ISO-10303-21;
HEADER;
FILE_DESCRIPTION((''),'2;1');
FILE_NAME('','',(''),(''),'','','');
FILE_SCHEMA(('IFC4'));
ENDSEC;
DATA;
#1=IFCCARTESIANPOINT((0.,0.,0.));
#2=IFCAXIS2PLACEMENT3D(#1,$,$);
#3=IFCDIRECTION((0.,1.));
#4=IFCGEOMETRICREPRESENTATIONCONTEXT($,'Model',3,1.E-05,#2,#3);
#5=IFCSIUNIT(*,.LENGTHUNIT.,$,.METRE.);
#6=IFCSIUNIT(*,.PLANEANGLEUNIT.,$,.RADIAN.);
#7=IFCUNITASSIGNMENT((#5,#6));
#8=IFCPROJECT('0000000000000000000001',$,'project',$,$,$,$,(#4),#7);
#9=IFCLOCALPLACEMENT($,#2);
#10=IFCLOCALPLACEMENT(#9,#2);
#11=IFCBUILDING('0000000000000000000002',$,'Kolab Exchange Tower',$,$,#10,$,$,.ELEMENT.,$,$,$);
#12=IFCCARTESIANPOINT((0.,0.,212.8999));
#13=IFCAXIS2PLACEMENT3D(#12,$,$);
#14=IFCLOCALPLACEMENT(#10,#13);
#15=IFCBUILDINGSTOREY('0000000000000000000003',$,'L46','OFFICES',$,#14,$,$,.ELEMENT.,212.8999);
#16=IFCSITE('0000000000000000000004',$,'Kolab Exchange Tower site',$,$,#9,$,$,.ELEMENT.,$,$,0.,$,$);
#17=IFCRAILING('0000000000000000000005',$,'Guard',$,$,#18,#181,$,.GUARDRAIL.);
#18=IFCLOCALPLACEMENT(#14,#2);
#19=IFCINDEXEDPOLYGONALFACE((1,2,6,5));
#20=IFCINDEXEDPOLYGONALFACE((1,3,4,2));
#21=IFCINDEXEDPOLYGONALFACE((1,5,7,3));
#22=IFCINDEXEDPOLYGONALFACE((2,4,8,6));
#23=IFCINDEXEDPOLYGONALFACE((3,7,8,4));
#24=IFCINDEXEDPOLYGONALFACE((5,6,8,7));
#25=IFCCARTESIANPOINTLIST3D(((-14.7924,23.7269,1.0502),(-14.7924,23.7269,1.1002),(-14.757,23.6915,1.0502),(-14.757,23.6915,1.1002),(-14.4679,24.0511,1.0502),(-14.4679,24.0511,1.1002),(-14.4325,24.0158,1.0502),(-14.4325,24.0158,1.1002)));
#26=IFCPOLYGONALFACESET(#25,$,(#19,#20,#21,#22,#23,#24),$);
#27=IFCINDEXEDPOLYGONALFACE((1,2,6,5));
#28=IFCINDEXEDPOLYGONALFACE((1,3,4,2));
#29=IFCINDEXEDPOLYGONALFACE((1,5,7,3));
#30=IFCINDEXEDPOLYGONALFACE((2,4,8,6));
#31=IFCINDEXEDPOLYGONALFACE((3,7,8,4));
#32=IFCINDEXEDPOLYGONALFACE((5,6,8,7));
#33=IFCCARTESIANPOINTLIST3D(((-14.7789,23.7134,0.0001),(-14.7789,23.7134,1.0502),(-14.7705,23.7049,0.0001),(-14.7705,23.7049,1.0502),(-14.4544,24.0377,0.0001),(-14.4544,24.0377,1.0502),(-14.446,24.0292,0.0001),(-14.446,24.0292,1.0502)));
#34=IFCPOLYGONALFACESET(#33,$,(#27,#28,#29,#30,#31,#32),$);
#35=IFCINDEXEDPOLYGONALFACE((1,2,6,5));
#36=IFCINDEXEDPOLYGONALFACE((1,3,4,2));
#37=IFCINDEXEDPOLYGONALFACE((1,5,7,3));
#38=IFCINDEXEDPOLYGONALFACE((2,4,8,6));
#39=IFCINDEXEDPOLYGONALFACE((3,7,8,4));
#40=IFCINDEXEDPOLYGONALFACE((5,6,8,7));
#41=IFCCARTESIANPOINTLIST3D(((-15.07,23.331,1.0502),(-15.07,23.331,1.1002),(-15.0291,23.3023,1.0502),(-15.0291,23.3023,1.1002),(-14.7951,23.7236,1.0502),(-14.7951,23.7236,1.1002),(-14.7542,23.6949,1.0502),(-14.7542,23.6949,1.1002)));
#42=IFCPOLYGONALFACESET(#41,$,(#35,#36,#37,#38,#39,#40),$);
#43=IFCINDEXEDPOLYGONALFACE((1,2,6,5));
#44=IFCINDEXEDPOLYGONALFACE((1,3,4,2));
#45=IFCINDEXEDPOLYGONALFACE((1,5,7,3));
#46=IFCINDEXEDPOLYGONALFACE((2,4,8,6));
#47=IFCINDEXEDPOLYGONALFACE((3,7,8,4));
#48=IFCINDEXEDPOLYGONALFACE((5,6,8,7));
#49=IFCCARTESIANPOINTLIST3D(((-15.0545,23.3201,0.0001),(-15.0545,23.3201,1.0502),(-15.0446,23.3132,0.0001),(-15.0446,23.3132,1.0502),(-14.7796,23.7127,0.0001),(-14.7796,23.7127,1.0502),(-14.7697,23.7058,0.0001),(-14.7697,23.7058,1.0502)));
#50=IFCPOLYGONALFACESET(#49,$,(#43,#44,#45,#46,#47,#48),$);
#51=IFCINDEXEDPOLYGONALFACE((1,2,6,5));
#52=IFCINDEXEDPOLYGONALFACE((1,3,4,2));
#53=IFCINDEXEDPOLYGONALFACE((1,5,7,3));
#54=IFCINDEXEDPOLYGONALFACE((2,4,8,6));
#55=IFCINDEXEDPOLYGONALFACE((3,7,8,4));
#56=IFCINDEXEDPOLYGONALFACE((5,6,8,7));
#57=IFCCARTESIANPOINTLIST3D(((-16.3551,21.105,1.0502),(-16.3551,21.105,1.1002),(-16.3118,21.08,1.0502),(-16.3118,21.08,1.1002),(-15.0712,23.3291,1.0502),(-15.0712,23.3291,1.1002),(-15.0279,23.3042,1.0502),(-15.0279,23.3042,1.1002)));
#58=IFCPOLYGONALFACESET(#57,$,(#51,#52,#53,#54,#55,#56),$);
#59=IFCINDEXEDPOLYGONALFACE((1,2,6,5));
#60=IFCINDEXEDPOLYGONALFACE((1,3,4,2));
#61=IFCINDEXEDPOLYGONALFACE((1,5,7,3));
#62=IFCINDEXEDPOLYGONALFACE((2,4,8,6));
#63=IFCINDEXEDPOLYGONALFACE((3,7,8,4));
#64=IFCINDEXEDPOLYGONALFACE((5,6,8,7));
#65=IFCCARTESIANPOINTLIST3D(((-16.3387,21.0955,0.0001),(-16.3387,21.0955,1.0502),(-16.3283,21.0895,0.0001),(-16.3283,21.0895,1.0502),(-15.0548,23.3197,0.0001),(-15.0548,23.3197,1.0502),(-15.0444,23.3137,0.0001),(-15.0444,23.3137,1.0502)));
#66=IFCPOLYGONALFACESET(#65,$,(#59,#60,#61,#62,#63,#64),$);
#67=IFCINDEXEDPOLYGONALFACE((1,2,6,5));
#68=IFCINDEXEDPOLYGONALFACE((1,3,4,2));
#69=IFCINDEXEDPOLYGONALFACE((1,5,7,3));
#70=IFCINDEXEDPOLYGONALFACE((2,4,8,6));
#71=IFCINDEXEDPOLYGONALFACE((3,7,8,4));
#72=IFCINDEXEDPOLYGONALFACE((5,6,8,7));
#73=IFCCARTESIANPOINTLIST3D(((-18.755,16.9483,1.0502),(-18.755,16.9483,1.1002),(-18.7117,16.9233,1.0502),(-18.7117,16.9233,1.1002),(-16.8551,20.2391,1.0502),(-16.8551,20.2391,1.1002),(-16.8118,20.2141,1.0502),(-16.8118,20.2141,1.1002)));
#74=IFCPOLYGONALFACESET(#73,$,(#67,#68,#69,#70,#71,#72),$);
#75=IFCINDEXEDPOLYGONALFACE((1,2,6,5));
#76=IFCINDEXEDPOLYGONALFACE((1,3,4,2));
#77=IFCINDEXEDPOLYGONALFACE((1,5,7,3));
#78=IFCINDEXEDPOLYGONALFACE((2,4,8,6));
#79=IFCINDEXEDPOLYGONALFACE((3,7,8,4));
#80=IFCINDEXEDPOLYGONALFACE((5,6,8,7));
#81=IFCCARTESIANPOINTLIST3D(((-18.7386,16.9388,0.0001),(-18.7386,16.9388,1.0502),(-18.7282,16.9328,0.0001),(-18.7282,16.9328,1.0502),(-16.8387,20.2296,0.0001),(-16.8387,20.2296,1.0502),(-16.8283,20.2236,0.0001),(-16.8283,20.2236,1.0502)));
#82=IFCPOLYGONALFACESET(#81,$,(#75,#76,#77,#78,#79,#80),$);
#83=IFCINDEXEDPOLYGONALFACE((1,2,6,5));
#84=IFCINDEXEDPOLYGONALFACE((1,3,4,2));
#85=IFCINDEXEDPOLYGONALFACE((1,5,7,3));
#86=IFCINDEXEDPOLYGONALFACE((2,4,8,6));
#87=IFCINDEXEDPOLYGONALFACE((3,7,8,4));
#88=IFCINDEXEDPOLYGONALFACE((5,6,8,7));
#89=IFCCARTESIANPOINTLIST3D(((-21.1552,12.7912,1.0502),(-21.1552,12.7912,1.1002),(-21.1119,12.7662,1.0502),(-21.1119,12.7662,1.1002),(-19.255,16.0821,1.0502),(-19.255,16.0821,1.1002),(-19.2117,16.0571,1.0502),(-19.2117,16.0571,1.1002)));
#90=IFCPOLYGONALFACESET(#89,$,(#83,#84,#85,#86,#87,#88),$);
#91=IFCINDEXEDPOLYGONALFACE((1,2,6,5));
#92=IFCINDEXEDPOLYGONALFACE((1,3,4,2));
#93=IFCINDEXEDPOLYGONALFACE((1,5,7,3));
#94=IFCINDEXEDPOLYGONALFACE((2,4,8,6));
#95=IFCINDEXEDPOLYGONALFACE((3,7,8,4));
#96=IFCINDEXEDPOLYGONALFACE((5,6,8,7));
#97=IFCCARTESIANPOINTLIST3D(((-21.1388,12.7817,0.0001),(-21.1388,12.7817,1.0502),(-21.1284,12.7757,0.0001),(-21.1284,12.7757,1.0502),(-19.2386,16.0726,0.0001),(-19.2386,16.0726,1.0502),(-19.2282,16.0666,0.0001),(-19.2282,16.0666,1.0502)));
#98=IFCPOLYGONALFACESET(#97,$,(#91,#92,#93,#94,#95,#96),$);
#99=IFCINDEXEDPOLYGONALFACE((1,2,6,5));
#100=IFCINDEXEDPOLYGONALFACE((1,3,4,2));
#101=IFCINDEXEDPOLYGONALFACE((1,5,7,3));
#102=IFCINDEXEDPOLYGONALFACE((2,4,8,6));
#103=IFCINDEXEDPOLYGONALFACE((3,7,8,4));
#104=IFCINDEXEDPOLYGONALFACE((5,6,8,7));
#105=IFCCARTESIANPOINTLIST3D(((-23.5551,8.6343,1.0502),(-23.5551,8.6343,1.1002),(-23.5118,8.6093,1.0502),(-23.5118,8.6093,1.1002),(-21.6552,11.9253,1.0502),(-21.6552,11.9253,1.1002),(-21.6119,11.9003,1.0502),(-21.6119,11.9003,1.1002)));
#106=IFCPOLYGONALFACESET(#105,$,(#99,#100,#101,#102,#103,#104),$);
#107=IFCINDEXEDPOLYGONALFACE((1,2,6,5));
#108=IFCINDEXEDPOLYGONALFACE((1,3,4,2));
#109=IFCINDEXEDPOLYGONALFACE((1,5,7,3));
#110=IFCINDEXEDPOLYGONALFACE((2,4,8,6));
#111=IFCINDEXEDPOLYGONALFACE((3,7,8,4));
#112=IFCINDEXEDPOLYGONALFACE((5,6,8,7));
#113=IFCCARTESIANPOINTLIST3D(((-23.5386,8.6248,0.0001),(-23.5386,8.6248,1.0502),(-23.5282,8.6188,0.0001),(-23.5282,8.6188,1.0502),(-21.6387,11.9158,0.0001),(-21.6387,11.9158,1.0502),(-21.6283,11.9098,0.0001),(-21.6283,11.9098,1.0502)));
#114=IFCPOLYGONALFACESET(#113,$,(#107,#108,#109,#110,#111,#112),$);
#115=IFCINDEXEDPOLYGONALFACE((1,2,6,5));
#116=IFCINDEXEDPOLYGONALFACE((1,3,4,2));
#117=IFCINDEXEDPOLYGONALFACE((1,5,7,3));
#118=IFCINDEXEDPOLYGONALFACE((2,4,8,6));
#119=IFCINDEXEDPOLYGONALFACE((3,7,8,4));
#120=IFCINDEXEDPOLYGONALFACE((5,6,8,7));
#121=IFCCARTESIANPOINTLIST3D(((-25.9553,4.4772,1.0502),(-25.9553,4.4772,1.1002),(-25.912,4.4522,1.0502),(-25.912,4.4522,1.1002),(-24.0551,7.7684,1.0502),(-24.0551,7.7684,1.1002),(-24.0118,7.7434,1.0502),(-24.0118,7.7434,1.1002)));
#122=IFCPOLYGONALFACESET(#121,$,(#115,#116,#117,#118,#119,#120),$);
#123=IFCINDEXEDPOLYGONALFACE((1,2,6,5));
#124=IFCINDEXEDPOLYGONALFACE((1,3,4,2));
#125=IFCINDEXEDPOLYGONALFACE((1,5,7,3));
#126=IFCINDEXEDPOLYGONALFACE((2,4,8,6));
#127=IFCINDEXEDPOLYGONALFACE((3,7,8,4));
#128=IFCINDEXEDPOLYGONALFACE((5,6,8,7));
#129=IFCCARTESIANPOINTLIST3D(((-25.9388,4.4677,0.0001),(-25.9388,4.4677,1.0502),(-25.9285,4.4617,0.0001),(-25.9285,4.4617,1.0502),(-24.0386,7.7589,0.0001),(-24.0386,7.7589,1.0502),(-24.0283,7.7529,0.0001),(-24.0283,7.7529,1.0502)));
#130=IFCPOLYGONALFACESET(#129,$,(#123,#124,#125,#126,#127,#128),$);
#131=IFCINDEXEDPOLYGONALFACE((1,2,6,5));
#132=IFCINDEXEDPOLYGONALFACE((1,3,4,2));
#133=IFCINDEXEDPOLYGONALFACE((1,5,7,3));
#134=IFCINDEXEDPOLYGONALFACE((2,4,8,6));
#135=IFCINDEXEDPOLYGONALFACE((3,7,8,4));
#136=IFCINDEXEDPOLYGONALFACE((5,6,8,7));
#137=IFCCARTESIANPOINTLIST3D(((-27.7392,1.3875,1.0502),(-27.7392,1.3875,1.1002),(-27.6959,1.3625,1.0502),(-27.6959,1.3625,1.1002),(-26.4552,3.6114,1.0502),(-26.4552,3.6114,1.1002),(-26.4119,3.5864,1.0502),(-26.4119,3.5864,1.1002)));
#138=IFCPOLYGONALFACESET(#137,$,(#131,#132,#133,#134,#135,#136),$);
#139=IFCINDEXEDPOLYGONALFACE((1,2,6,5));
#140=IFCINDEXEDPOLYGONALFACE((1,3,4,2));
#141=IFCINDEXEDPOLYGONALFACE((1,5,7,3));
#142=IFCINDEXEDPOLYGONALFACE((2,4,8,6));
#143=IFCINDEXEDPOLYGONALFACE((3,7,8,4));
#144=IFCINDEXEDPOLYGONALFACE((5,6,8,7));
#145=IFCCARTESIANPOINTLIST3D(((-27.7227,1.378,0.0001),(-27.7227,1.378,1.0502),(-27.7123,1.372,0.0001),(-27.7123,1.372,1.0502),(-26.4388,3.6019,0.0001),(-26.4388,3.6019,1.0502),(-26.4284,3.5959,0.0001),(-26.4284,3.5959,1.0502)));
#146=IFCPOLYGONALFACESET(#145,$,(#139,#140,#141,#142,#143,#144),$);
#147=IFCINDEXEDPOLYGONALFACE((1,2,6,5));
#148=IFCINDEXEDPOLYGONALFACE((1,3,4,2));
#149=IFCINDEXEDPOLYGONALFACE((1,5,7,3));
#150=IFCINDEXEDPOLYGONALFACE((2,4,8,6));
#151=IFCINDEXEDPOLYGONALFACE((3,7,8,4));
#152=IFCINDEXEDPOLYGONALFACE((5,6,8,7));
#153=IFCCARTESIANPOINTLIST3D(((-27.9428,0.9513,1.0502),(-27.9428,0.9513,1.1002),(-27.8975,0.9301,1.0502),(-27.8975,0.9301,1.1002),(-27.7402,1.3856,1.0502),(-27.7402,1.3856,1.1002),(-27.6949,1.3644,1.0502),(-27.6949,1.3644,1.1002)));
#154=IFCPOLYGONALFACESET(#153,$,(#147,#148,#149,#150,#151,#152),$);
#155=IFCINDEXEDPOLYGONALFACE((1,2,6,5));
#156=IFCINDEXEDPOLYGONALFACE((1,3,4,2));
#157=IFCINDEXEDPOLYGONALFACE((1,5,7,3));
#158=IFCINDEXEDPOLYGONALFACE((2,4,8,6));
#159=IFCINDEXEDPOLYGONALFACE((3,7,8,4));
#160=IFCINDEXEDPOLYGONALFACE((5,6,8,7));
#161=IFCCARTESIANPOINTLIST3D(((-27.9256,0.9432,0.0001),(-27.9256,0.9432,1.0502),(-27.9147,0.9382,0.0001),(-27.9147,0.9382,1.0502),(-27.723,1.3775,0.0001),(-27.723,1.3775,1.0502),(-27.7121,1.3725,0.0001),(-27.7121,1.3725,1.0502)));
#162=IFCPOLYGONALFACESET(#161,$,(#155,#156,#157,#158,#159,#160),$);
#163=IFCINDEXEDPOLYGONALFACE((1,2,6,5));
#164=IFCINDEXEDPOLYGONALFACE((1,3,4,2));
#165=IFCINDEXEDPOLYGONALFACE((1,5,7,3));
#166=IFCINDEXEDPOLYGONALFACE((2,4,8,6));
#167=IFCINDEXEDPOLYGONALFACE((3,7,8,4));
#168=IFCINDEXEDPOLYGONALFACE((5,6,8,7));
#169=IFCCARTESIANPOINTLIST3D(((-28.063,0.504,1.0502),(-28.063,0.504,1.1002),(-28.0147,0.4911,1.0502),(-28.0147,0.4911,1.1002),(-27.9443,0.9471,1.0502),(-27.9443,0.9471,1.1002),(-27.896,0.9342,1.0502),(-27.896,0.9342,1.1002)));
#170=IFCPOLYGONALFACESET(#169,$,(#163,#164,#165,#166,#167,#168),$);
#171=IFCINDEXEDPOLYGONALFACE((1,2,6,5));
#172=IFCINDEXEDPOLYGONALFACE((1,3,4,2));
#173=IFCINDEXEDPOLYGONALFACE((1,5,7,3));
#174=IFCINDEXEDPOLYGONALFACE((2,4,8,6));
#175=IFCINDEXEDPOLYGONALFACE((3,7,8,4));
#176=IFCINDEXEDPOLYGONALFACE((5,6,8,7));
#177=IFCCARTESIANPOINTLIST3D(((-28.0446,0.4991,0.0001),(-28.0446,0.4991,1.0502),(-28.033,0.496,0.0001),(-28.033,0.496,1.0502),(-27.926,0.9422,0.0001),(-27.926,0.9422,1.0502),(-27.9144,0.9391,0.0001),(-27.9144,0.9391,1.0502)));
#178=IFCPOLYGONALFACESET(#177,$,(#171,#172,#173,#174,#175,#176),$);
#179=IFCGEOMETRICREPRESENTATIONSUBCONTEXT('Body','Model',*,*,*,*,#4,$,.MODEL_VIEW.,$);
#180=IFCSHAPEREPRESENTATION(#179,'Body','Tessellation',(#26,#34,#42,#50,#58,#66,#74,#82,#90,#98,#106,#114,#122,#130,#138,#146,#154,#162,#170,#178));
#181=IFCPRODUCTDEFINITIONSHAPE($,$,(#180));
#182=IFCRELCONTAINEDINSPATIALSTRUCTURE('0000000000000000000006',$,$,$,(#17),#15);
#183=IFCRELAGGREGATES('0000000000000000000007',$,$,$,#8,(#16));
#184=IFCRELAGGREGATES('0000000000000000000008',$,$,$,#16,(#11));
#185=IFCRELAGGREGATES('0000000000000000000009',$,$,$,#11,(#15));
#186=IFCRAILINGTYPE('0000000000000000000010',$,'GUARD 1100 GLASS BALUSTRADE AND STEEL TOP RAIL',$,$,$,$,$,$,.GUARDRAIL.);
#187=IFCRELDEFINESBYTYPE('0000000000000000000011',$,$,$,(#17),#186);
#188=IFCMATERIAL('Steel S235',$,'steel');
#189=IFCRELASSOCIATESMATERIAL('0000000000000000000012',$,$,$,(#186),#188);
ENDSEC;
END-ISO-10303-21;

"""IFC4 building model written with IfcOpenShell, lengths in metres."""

from ifc_helpers import new_model, si_unit, direction, frame, frame_2d, origin, origin_2d, place, context, subcontext, project, spatial, rectangle, extrude, material, type_object, element, save


model = new_model("IFC4")

# Units and contexts
model_context = context("Model", 3, precision=1e-05, world=origin(), true_north=direction((0.0, 1.0)))
body_context = subcontext(model_context, "Body", "Model", "MODEL_VIEW")
ifc_project = project(units=[si_unit("LENGTHUNIT", "METRE"), si_unit("PLANEANGLEUNIT", "RADIAN")], contexts=[model_context])

# Site, building, storey
site_placement = place(None, origin())
site = spatial("IfcSite", under=ifc_project, at=site_placement, Name="Kolab Exchange Tower site", CompositionType="ELEMENT", RefElevation=0.0)
building_placement = place(site_placement, origin())
building = spatial("IfcBuilding", under=site, at=building_placement, Name="Kolab Exchange Tower", CompositionType="ELEMENT")
storey_placement = place(building_placement, frame((0.0, 0.0, 212.8999)))
storey = spatial("IfcBuildingStorey", under=building, at=storey_placement, Name="L46", Description="OFFICES", CompositionType="ELEMENT", Elevation=212.8999)

# Shared definitions
ifc_material_1 = material(Name="Steel S235", Category="steel")

# Railing
railing_type = type_object("IfcRailingType", Name="GUARD 1100 GLASS BALUSTRADE AND STEEL TOP RAIL", PredefinedType="GUARDRAIL", material=ifc_material_1)
railing_placement = place(storey_placement, frame((-14.4502, 24.0334, 0.0)))
element("IfcRailing", 1, at=railing_placement, inside=storey, type_object=railing_type, Name="Guard", PredefinedType="GUARDRAIL", context=body_context, shape_type="SweptSolid", body=[
    extrude(rectangle(XDim=0.05, YDim=0.05, at=origin_2d()), frame((0.0, 0.0, 1.0752), z_axis=(-0.707373, -0.706841, 0.0), x_axis=(0.706841, -0.707373, 0.0)), (0.0, 0.0, 1.0), 0.4587),
    extrude(rectangle(XDim=0.012, YDim=1.0501, at=frame_2d((0.0, 0.5251))), frame((0.0, 0.0, 0.0), z_axis=(-0.707373, -0.706841, 0.0), x_axis=(0.706841, -0.707373, 0.0)), (0.0, 0.0, 1.0), 0.4587),
    extrude(rectangle(XDim=0.05, YDim=0.05, at=origin_2d()), frame((-0.3245, -0.3242, 1.0752), z_axis=(-0.573599, -0.819136, 0.0), x_axis=(0.819136, -0.573599, 0.0)), (0.0, 0.0, 1.0), 0.4792),
    extrude(rectangle(XDim=0.012, YDim=1.0501, at=frame_2d((0.0, 0.5251))), frame((-0.3245, -0.3242, 0.0), z_axis=(-0.573599, -0.819136, 0.0), x_axis=(0.819136, -0.573599, 0.0)), (0.0, 0.0, 1.0), 0.4792),
    extrude(rectangle(XDim=0.05, YDim=0.05, at=origin_2d()), frame((-0.5994, -0.7168, 1.0752), z_axis=(-0.499953, -0.866053, 0.0), x_axis=(0.866053, -0.499953, 0.0)), (0.0, 0.0, 1.0), 2.5681),
    extrude(rectangle(XDim=0.012, YDim=1.0501, at=frame_2d((0.0, 0.5251))), frame((-0.5994, -0.7168, 0.0), z_axis=(-0.499953, -0.866053, 0.0), x_axis=(0.866053, -0.499953, 0.0)), (0.0, 0.0, 1.0), 2.5681),
    extrude(rectangle(XDim=0.05, YDim=0.05, at=origin_2d()), frame((-2.3833, -3.8069, 1.0752), z_axis=(-0.499995, -0.866028, 0.0), x_axis=(0.866028, -0.499995, 0.0)), (0.0, 0.0, 1.0), 3.7998),
    extrude(rectangle(XDim=0.012, YDim=1.0501, at=frame_2d((0.0, 0.5251))), frame((-2.3833, -3.8069, 0.0), z_axis=(-0.499995, -0.866028, 0.0), x_axis=(0.866028, -0.499995, 0.0)), (0.0, 0.0, 1.0), 3.7998),
    extrude(rectangle(XDim=0.05, YDim=0.05, at=origin_2d()), frame((-4.7832, -7.9639, 1.0752), z_axis=(-0.500043, -0.866, 0.0), x_axis=(0.866, -0.500043, 0.0)), (0.0, 0.0, 1.0), 3.8),
    extrude(rectangle(XDim=0.012, YDim=1.0501, at=frame_2d((0.0, 0.5251))), frame((-4.7832, -7.9639, 0.0), z_axis=(-0.500043, -0.866, 0.0), x_axis=(0.866, -0.500043, 0.0)), (0.0, 0.0, 1.0), 3.8),
    extrude(rectangle(XDim=0.05, YDim=0.05, at=origin_2d()), frame((-7.1833, -12.1206, 1.0752), z_axis=(-0.499967, -0.866044, 0.0), x_axis=(0.866044, -0.499967, 0.0)), (0.0, 0.0, 1.0), 3.8),
    extrude(rectangle(XDim=0.012, YDim=1.0501, at=frame_2d((0.0, 0.5251))), frame((-7.1833, -12.1206, 0.0), z_axis=(-0.499967, -0.866044, 0.0), x_axis=(0.866044, -0.499967, 0.0)), (0.0, 0.0, 1.0), 3.8),
    extrude(rectangle(XDim=0.05, YDim=0.05, at=origin_2d()), frame((-9.5833, -16.2776, 1.0752), z_axis=(-0.500015, -0.866017, 0.0), x_axis=(0.866017, -0.500015, 0.0)), (0.0, 0.0, 1.0), 3.8003),
    extrude(rectangle(XDim=0.012, YDim=1.0501, at=frame_2d((0.0, 0.5251))), frame((-9.5833, -16.2776, 0.0), z_axis=(-0.500015, -0.866017, 0.0), x_axis=(0.866017, -0.500015, 0.0)), (0.0, 0.0, 1.0), 3.8003),
    extrude(rectangle(XDim=0.05, YDim=0.05, at=origin_2d()), frame((-11.9834, -20.4346, 1.0752), z_axis=(-0.499994, -0.866029, 0.0), x_axis=(0.866029, -0.499994, 0.0)), (0.0, 0.0, 1.0), 2.5679),
    extrude(rectangle(XDim=0.012, YDim=1.0501, at=frame_2d((0.0, 0.5251))), frame((-11.9834, -20.4346, 0.0), z_axis=(-0.499994, -0.866029, 0.0), x_axis=(0.866029, -0.499994, 0.0)), (0.0, 0.0, 1.0), 2.5679),
    extrude(rectangle(XDim=0.05, YDim=0.05, at=origin_2d()), frame((-13.2673, -22.6584, 1.0752), z_axis=(-0.422802, -0.906222, 0.0), x_axis=(0.906222, -0.422802, 0.0)), (0.0, 0.0, 1.0), 0.4792),
    extrude(rectangle(XDim=0.012, YDim=1.0501, at=frame_2d((0.0, 0.5251))), frame((-13.2673, -22.6584, 0.0), z_axis=(-0.422802, -0.906222, 0.0), x_axis=(0.906222, -0.422802, 0.0)), (0.0, 0.0, 1.0), 0.4792),
    extrude(rectangle(XDim=0.05, YDim=0.05, at=origin_2d()), frame((-13.47, -23.0928, 1.0752), z_axis=(-0.258656, -0.965969, 0.0), x_axis=(0.965969, -0.258656, 0.0)), (0.0, 0.0, 1.0), 0.4587),
    extrude(rectangle(XDim=0.012, YDim=1.0501, at=frame_2d((0.0, 0.5251))), frame((-13.47, -23.0928, 0.0), z_axis=(-0.258656, -0.965969, 0.0), x_axis=(0.965969, -0.258656, 0.0)), (0.0, 0.0, 1.0), 0.4587),
])

save(model, "model.ifc")
